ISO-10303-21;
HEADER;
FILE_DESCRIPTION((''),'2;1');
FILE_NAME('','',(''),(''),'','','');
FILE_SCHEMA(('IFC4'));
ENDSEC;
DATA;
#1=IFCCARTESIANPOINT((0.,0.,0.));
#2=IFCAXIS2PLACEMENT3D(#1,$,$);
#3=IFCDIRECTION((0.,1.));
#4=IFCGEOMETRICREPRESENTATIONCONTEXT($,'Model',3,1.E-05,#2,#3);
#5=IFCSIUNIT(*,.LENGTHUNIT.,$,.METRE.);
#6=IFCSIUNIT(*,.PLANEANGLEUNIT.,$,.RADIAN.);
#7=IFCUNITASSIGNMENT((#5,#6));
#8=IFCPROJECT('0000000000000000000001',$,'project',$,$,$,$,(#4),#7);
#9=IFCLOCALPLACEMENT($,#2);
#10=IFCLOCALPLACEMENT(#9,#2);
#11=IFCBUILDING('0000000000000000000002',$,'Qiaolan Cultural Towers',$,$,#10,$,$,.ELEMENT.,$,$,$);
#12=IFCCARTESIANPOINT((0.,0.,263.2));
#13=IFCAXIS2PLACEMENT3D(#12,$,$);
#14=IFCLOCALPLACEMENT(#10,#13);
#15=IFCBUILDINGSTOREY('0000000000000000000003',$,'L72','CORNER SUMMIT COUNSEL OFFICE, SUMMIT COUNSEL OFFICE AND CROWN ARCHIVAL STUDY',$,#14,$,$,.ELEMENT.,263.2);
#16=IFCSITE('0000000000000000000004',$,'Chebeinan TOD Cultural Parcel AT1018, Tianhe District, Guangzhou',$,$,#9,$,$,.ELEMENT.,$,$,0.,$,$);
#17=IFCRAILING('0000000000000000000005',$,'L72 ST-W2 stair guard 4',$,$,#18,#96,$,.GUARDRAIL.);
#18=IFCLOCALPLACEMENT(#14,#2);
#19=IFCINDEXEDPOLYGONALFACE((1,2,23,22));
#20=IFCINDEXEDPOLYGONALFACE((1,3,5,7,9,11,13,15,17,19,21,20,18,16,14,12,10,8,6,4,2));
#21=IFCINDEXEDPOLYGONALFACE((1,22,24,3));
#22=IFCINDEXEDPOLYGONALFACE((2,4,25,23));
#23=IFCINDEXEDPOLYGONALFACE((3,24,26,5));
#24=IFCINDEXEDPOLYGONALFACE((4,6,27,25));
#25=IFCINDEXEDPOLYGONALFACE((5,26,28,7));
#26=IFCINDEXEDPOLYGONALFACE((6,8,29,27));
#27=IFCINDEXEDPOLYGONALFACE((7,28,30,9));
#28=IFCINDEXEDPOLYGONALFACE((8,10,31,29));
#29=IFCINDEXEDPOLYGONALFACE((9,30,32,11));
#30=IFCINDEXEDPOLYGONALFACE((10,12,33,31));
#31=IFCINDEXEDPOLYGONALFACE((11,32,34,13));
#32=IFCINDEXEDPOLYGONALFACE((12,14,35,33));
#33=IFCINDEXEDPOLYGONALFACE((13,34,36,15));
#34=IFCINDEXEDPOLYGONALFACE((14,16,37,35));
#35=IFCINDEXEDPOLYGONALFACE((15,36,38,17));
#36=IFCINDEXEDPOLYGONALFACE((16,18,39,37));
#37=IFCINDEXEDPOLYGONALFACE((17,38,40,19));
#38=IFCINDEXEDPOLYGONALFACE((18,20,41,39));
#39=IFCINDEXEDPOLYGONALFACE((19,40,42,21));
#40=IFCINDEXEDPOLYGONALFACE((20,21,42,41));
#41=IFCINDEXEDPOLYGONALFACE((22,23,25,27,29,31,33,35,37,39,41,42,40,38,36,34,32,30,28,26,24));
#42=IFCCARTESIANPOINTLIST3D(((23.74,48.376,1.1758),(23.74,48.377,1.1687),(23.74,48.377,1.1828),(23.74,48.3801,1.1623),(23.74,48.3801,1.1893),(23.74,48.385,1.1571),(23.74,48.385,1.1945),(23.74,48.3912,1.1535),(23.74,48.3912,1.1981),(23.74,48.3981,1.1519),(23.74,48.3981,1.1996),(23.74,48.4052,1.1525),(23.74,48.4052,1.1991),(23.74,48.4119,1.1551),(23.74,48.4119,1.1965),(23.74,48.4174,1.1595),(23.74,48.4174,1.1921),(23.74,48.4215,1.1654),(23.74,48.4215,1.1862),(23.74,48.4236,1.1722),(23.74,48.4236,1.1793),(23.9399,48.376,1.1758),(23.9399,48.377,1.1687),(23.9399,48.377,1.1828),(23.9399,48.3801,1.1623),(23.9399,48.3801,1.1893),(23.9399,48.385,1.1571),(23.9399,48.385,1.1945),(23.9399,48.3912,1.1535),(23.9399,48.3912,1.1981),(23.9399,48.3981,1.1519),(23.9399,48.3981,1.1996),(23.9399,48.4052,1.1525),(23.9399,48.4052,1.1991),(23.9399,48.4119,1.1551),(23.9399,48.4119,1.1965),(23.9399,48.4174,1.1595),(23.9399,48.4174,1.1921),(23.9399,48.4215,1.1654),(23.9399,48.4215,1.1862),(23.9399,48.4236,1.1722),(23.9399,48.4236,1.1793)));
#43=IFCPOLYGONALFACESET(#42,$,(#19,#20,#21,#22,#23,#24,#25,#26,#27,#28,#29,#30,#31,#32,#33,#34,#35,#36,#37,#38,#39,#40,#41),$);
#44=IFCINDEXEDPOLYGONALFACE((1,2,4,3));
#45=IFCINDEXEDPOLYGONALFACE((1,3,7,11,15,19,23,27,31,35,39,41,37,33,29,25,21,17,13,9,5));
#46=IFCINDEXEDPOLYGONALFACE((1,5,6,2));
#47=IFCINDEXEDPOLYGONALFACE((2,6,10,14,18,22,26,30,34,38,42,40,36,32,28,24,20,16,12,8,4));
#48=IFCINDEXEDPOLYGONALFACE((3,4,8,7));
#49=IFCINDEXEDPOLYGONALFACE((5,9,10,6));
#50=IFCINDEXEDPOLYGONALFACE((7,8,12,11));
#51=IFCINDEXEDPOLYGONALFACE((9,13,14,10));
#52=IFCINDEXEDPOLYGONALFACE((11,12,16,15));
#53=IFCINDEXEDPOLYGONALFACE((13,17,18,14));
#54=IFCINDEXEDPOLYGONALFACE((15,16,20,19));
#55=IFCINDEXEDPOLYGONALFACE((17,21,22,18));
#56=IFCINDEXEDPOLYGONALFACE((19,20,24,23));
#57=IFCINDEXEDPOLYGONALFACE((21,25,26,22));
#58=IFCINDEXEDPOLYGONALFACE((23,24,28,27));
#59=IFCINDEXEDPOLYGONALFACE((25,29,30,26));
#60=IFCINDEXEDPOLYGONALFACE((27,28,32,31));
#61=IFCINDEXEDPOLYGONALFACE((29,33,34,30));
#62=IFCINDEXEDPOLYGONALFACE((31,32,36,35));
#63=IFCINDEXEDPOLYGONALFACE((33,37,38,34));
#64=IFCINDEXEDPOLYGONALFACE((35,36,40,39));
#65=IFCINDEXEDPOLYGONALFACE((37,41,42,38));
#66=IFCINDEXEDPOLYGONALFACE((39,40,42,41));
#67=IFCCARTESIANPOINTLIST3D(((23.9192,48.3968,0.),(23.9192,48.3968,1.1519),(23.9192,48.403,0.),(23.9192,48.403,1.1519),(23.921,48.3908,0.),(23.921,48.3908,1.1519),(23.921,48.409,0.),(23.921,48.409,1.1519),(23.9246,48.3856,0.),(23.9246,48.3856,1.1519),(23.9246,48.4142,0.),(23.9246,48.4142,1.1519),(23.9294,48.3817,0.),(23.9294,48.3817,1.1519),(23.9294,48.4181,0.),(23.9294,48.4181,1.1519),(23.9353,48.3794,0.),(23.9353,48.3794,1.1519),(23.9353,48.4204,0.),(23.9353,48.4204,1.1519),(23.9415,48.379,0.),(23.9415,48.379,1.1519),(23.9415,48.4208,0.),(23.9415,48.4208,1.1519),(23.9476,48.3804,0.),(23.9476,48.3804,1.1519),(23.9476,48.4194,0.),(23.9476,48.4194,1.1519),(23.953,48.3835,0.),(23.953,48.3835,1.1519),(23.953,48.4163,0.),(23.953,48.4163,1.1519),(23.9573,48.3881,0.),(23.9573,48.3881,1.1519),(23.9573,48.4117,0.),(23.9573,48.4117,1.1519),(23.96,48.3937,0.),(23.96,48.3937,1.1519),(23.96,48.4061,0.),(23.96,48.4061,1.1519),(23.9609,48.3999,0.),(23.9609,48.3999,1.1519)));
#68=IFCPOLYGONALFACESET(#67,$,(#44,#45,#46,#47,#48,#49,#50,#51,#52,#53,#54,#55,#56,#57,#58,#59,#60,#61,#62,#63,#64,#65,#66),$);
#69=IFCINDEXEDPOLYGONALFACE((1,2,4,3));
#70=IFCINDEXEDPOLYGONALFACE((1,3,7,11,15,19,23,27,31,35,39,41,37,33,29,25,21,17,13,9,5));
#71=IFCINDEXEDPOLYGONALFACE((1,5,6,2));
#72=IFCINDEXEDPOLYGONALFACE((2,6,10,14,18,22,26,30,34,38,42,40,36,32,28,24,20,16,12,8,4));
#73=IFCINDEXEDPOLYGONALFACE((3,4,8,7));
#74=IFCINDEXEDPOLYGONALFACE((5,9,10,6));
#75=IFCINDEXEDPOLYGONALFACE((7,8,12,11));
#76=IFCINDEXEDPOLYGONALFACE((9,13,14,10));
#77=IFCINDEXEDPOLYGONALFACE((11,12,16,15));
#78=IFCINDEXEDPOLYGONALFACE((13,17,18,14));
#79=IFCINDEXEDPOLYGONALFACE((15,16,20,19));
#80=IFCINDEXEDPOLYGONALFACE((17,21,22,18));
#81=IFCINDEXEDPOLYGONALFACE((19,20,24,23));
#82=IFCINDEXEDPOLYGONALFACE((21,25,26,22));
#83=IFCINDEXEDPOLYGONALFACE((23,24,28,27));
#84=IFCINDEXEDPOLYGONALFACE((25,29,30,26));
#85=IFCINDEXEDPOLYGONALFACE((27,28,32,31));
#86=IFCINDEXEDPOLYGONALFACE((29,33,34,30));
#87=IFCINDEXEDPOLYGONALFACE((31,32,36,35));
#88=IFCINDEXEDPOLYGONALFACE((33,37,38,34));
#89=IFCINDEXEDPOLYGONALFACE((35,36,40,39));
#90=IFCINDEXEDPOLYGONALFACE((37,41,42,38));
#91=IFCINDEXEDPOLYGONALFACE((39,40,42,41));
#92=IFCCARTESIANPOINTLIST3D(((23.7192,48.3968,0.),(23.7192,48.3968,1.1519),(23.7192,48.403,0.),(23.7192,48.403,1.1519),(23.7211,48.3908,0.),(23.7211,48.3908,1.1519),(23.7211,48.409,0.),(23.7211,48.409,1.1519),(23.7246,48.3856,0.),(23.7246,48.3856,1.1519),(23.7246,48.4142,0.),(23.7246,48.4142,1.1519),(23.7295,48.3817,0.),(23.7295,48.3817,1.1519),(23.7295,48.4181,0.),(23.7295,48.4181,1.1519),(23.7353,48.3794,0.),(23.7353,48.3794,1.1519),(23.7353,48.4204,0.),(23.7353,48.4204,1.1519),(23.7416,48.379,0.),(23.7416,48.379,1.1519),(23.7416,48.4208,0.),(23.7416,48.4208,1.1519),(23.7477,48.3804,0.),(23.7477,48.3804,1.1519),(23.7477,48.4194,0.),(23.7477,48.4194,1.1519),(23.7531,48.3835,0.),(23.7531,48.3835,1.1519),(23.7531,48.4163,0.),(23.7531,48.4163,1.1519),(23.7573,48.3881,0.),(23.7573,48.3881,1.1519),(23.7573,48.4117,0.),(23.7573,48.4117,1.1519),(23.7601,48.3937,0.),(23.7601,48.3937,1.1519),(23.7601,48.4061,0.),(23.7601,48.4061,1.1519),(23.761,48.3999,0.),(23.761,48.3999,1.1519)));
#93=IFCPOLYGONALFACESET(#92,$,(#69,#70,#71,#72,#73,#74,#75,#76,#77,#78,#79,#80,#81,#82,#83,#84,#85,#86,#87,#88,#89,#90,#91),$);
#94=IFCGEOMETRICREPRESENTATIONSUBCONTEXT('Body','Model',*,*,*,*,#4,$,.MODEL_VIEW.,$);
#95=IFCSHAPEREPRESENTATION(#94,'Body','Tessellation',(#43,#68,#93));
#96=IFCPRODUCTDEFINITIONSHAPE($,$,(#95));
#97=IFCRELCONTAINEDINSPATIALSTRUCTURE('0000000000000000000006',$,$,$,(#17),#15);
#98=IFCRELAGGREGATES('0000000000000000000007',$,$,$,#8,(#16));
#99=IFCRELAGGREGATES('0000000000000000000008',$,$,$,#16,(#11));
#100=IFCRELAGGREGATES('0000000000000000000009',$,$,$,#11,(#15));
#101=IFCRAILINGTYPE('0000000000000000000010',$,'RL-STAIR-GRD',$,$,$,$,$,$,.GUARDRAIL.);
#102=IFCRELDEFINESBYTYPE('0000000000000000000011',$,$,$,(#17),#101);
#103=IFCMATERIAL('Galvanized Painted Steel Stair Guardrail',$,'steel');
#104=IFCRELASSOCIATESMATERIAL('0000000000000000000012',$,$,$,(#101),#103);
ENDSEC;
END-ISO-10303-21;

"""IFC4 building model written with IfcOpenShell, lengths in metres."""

from ifc_helpers import new_model, si_unit, direction, frame, origin, origin_2d, place, context, subcontext, project, spatial, circle, extrude, material, type_object, element, save


model = new_model("IFC4")

# Units and contexts
model_context = context("Model", 3, precision=1e-05, world=origin(), true_north=direction((0.0, 1.0)))
body_context = subcontext(model_context, "Body", "Model", "MODEL_VIEW")
ifc_project = project(units=[si_unit("LENGTHUNIT", "METRE"), si_unit("PLANEANGLEUNIT", "RADIAN")], contexts=[model_context])

# Site, building, storey
site_placement = place(None, origin())
site = spatial("IfcSite", under=ifc_project, at=site_placement, Name="Chebeinan TOD Cultural Parcel AT1018, Tianhe District, Guangzhou", CompositionType="ELEMENT", RefElevation=0.0)
building_placement = place(site_placement, origin())
building = spatial("IfcBuilding", under=site, at=building_placement, Name="Qiaolan Cultural Towers", CompositionType="ELEMENT")
storey_placement = place(building_placement, frame((0.0, 0.0, 263.2)))
storey = spatial("IfcBuildingStorey", under=building, at=storey_placement, Name="L72", Description="CORNER SUMMIT COUNSEL OFFICE, SUMMIT COUNSEL OFFICE AND CROWN ARCHIVAL STUDY", CompositionType="ELEMENT", Elevation=263.2)

# Railing
ifc_material_1 = material(Name="Galvanized Painted Steel Stair Guardrail", Category="steel")
railing_type = type_object("IfcRailingType", Name="RL-STAIR-GRD", PredefinedType="GUARDRAIL", material=ifc_material_1)
railing_1_placement = place(storey_placement, frame((23.9399, 48.3999, 0.0)))
element("IfcRailing", 1, at=railing_1_placement, inside=storey, type_object=railing_type, Name="L72 ST-W2 stair guard 4", PredefinedType="GUARDRAIL", context=body_context, shape_type="SweptSolid", body=[
    extrude(circle(Radius=0.0239, at=origin_2d()), frame((0.0, 0.0, 1.1758), z_axis=(-1.0, 0.0, 0.0), x_axis=(0.0, -1.0, 0.0)), (0.0, 0.0, 1.0), 0.2),
    extrude(circle(Radius=0.021, at=origin_2d()), origin(), (0.0, 0.0, 1.0), 1.1519),
    extrude(circle(Radius=0.021, at=origin_2d()), frame((-0.2, 0.0, 0.0)), (0.0, 0.0, 1.0), 1.1519),
])

save(model, "model.ifc")
